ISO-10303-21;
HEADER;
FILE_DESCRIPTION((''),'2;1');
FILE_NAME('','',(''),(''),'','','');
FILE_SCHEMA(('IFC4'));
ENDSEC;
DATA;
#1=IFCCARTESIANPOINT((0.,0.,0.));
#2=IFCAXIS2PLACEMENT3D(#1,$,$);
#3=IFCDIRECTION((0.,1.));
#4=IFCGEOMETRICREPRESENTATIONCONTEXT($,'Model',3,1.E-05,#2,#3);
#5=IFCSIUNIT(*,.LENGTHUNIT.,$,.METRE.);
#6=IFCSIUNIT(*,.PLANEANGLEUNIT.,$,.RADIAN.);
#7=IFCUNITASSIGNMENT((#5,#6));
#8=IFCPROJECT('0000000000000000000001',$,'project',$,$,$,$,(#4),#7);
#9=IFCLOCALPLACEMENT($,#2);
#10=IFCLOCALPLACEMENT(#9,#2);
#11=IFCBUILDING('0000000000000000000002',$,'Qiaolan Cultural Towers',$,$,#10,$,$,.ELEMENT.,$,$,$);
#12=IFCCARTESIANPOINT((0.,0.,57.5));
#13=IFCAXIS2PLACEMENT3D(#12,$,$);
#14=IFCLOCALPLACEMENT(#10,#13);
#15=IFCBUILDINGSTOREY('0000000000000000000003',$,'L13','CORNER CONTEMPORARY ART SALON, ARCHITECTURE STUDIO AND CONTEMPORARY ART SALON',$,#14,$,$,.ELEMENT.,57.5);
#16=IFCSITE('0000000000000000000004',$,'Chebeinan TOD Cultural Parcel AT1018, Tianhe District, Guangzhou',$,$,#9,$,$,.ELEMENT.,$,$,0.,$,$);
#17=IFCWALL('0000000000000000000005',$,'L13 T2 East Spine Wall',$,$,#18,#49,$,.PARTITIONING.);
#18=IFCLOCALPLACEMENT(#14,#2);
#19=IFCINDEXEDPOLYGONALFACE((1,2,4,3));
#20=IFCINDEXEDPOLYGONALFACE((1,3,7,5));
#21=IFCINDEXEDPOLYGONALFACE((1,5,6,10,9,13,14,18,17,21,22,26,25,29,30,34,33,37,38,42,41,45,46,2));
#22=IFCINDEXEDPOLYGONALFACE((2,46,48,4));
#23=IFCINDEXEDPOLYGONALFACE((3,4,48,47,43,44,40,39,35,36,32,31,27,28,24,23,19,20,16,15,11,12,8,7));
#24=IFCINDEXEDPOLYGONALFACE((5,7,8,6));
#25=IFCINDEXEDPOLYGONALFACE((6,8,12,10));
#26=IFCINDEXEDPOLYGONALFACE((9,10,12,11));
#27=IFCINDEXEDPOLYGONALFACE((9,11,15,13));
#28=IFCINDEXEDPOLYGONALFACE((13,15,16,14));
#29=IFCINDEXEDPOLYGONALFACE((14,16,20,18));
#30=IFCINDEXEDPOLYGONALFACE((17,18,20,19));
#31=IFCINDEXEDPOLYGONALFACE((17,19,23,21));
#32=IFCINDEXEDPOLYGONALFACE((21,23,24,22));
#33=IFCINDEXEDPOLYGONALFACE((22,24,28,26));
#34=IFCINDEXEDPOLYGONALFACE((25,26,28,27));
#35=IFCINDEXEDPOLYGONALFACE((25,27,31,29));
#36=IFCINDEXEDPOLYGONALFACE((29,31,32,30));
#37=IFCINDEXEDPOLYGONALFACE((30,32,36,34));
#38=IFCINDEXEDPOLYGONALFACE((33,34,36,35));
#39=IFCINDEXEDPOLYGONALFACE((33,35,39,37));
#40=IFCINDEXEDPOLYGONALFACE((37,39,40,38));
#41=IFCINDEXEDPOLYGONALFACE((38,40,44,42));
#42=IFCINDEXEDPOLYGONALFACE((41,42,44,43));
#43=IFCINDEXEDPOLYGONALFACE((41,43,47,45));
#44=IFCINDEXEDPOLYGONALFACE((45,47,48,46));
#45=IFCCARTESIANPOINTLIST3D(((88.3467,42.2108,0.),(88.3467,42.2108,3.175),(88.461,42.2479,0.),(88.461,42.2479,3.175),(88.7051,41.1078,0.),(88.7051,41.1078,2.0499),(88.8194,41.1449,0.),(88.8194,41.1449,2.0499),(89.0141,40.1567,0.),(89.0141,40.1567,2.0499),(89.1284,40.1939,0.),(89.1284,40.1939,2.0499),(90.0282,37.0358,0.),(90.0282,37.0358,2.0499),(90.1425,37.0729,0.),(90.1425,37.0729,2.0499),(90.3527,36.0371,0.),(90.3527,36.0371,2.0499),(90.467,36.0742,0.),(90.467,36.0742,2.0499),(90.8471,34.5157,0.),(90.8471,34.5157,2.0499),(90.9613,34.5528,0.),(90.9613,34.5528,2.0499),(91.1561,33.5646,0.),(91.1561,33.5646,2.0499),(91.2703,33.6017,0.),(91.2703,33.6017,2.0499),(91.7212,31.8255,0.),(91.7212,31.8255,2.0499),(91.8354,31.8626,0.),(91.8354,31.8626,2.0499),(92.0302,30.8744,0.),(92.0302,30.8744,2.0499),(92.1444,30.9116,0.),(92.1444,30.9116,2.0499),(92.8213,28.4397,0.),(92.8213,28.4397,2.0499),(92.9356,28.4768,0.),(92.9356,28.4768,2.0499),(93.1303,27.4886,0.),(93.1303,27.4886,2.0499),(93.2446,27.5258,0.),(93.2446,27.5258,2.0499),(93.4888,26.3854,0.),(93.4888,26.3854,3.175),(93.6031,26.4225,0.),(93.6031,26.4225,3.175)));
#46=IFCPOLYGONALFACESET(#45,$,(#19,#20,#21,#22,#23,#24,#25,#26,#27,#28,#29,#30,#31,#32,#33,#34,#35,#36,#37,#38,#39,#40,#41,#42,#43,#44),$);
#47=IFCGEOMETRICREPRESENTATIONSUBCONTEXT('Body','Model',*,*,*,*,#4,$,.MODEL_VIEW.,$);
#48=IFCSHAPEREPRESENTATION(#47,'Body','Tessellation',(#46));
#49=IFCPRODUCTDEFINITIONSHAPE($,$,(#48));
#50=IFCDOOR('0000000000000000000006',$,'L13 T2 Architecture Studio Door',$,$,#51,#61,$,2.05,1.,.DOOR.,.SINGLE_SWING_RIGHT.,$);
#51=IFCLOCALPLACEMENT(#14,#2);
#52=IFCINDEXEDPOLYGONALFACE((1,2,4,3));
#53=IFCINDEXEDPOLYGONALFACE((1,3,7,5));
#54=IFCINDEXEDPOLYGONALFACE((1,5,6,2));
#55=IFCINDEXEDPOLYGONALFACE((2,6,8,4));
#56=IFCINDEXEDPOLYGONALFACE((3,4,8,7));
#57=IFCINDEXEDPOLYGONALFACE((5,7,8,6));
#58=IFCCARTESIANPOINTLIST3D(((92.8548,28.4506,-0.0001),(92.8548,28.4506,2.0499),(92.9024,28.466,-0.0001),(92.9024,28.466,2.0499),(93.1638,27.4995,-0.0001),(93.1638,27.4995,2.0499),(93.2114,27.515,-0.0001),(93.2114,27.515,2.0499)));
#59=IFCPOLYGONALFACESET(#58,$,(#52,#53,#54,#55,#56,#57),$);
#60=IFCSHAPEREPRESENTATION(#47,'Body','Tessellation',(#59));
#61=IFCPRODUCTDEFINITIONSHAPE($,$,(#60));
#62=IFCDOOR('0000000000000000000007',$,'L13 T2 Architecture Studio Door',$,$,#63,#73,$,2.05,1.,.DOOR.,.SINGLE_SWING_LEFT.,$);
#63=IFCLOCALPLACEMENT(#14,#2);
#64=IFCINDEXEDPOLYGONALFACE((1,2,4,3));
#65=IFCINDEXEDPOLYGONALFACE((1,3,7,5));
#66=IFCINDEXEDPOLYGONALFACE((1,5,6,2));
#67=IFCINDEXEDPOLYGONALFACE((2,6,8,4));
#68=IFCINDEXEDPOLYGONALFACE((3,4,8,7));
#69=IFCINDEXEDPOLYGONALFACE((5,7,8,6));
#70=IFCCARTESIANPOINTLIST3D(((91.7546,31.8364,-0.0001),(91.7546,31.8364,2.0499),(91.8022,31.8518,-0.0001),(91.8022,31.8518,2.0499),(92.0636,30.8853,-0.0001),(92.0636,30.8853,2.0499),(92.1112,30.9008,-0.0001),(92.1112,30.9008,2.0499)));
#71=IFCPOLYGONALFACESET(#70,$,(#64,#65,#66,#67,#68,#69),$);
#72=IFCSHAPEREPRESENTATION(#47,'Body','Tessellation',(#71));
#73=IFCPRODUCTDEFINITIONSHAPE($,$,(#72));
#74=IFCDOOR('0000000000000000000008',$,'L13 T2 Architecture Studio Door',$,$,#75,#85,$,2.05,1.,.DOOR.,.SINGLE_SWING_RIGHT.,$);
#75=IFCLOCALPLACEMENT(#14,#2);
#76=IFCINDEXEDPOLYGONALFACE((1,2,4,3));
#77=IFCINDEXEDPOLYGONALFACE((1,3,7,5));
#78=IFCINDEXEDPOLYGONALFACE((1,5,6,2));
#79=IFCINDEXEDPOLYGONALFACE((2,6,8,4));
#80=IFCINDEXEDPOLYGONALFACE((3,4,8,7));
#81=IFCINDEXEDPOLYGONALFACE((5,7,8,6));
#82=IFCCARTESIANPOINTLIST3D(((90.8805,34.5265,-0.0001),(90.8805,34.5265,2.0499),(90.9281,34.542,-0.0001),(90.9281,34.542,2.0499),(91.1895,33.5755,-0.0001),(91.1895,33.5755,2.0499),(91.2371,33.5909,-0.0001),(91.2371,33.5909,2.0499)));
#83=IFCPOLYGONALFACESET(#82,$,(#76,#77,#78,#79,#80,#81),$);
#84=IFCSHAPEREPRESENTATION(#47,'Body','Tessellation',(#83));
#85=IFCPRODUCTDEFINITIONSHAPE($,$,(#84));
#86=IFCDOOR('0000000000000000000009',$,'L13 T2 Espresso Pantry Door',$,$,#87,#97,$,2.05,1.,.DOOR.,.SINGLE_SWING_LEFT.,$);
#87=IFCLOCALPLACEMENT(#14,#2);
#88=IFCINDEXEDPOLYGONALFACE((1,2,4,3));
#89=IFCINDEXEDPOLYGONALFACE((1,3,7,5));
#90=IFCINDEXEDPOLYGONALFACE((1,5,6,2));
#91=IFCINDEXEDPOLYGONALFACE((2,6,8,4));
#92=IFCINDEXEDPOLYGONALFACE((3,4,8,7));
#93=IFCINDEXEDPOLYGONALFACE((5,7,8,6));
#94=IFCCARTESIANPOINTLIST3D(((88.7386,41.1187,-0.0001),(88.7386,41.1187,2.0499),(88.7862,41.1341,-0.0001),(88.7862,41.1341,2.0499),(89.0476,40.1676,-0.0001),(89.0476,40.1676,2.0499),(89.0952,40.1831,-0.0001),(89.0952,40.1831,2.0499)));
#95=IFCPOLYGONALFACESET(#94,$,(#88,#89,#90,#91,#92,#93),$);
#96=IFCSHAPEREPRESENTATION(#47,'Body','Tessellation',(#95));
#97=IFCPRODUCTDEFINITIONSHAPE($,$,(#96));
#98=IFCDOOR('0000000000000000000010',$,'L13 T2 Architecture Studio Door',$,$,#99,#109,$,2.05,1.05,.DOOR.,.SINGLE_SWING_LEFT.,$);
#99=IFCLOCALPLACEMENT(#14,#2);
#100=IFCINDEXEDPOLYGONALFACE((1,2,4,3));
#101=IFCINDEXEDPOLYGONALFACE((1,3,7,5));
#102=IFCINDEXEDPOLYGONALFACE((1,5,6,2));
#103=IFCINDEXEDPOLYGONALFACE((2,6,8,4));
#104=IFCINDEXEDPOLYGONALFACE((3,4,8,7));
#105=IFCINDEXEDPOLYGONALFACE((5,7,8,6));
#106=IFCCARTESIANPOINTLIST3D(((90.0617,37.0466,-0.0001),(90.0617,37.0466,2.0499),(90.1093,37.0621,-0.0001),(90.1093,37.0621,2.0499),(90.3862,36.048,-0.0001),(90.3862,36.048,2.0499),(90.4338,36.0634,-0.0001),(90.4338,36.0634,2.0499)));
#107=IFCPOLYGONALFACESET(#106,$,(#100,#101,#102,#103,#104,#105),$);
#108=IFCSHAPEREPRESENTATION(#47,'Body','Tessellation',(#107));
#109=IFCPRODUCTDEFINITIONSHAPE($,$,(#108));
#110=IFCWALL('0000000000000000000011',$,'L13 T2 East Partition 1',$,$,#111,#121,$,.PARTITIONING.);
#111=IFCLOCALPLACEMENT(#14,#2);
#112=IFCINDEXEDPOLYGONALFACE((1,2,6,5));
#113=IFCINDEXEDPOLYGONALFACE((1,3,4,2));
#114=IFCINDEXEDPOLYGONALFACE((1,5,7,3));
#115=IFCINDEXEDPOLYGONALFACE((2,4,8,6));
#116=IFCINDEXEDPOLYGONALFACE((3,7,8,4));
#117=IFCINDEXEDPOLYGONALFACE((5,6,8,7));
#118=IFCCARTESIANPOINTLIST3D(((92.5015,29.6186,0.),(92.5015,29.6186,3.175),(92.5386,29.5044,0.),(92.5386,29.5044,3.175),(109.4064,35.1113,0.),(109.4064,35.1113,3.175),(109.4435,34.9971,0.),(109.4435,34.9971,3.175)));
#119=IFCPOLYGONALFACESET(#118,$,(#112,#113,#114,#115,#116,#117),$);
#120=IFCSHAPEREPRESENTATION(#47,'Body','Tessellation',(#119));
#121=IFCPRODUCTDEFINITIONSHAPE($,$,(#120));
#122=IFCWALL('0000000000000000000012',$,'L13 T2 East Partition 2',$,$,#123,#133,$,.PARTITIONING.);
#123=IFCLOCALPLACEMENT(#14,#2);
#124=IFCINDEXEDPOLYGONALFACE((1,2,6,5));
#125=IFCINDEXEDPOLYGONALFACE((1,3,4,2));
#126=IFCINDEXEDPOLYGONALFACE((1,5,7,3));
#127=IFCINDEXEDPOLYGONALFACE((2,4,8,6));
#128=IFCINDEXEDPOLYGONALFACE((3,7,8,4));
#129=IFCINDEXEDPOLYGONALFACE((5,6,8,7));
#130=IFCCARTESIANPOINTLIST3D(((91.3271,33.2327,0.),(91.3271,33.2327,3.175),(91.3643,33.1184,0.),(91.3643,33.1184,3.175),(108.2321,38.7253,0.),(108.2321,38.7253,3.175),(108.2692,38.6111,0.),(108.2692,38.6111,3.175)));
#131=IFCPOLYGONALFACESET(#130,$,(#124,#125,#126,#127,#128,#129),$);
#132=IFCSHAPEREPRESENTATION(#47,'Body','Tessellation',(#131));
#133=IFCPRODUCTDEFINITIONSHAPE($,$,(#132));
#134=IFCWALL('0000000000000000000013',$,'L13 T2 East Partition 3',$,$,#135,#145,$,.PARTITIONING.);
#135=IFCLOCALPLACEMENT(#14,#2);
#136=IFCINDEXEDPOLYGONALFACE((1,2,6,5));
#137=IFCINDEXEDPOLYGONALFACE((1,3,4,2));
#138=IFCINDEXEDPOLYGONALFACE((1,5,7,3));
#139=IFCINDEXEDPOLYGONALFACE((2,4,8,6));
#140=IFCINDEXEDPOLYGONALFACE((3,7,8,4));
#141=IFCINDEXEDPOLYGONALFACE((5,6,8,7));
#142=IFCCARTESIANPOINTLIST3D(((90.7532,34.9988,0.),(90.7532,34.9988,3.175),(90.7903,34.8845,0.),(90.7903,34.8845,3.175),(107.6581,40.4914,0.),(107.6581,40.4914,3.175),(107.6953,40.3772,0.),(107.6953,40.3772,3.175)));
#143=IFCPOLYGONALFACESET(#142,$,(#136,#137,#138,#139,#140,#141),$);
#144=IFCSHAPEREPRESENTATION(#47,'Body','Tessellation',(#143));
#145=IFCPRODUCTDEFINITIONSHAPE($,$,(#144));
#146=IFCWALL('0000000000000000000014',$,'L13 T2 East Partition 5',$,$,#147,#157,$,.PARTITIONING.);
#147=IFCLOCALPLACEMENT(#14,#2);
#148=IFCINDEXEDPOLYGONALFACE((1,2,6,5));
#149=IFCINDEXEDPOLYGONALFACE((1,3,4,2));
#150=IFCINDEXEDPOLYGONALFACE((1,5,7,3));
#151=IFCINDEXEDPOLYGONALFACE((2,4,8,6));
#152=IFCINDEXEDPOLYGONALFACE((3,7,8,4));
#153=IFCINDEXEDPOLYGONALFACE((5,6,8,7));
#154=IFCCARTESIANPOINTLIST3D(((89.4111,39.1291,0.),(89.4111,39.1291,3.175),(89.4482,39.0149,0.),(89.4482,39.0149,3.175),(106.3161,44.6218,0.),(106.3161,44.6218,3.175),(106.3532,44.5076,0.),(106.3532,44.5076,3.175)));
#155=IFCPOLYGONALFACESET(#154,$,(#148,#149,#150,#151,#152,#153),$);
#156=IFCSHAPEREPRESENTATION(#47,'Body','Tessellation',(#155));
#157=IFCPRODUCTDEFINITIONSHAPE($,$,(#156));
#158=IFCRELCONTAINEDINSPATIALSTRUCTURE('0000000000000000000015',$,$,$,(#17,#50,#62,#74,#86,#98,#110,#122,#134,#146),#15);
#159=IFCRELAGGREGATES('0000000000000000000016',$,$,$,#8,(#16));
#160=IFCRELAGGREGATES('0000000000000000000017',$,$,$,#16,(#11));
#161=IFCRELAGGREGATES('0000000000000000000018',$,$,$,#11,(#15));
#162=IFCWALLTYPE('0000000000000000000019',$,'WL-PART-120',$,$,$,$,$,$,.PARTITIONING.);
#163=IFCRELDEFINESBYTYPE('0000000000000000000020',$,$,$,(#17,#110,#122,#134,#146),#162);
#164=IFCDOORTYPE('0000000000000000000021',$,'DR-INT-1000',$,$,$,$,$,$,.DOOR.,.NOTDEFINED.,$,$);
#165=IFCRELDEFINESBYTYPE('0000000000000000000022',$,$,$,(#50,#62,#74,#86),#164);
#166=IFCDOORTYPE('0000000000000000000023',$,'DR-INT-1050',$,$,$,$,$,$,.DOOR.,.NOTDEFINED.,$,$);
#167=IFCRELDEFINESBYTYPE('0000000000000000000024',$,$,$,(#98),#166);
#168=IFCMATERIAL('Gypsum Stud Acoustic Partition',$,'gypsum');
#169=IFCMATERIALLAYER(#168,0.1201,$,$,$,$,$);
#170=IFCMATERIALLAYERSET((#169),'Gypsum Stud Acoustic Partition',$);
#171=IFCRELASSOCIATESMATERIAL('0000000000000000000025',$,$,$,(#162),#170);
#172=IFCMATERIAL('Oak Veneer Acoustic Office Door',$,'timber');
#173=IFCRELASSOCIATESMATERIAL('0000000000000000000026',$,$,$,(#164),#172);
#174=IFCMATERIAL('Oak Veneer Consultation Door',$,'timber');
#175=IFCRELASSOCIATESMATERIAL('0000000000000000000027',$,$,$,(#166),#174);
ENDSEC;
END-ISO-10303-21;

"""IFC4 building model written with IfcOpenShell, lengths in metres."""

from ifc_helpers import new_model, si_unit, direction, frame, frame_2d, origin, place, context, subcontext, project, spatial, rectangle, extrude, material, layer, layer_set, type_object, element, fill, save


model = new_model("IFC4")

# Units and contexts
model_context = context("Model", 3, precision=1e-05, world=origin(), true_north=direction((0.0, 1.0)))
body_context = subcontext(model_context, "Body", "Model", "MODEL_VIEW")
ifc_project = project(units=[si_unit("LENGTHUNIT", "METRE"), si_unit("PLANEANGLEUNIT", "RADIAN")], contexts=[model_context])

# Site, building, storey
site_placement = place(None, origin())
site = spatial("IfcSite", under=ifc_project, at=site_placement, Name="Chebeinan TOD Cultural Parcel AT1018, Tianhe District, Guangzhou", CompositionType="ELEMENT", RefElevation=0.0)
building_placement = place(site_placement, origin())
building = spatial("IfcBuilding", under=site, at=building_placement, Name="Qiaolan Cultural Towers", CompositionType="ELEMENT")
storey_placement = place(building_placement, frame((0.0, 0.0, 57.5)))
storey = spatial("IfcBuildingStorey", under=building, at=storey_placement, Name="L13", Description="CORNER CONTEMPORARY ART SALON, ARCHITECTURE STUDIO AND CONTEMPORARY ART SALON", CompositionType="ELEMENT", Elevation=57.5)

# Shared definitions
ifc_material_1 = material(Name="Gypsum Stud Acoustic Partition", Category="gypsum")
ifc_layer_1 = layer(ifc_material_1, 0.1201)
ifc_layer_set_1 = layer_set([ifc_layer_1], Name="Gypsum Stud Acoustic Partition")
wall_type_1 = type_object("IfcWallType", Name="WL-PART-120", PredefinedType="PARTITIONING", material=ifc_layer_set_1)

# Wall, openings, doors
wall_1_placement = place(storey_placement, frame((93.5459, 26.4041, 0.0), z_axis=(0.0, 0.0, 1.0), x_axis=(-0.309022, 0.951055, 0.0)))
wall_1 = element("IfcWall", 1, at=wall_1_placement, inside=storey, type_object=wall_type_1, Name="L13 T2 East Spine Wall", PredefinedType="PARTITIONING", context=body_context, shape_type="SweptSolid", body=[
    extrude(rectangle(XDim=16.6399, YDim=0.1201, at=frame_2d((8.3198, 0.0))), origin(), (0.0, 0.0, 1.0), 3.175),
])
opening_1_placement = place(wall_1_placement, frame((1.1599, 0.0, 0.0)))
opening_1 = element("IfcOpeningElement", 2, at=opening_1_placement, cuts=wall_1, PredefinedType="OPENING", context=body_context, shape_type="SweptSolid", body=[
    extrude(rectangle(XDim=1.0, YDim=2.05, at=frame_2d((0.5, 1.0249))), frame((0.0, 0.0701, 0.0), z_axis=(0.0, -1.0, 0.0), x_axis=(1.0, 0.0, 0.0)), (0.0, 0.0, 1.0), 0.1401),
])
opening_2_placement = place(wall_1_placement, frame((4.72, 0.0, 0.0)))
opening_2 = element("IfcOpeningElement", 3, at=opening_2_placement, cuts=wall_1, PredefinedType="OPENING", context=body_context, shape_type="SweptSolid", body=[
    extrude(rectangle(XDim=1.0, YDim=2.05, at=frame_2d((0.5, 1.0249))), frame((0.0, 0.0701, 0.0), z_axis=(0.0, -1.0, 0.0), x_axis=(1.0, 0.0, 0.0)), (0.0, 0.0, 1.0), 0.1401),
])
opening_3_placement = place(wall_1_placement, frame((7.5486, 0.0, 0.0)))
opening_3 = element("IfcOpeningElement", 4, at=opening_3_placement, cuts=wall_1, PredefinedType="OPENING", context=body_context, shape_type="SweptSolid", body=[
    extrude(rectangle(XDim=1.0, YDim=2.05, at=frame_2d((0.5, 1.0249))), frame((0.0, 0.0701, 0.0), z_axis=(0.0, -1.0, 0.0), x_axis=(1.0, 0.0, 0.0)), (0.0, 0.0, 1.0), 0.1401),
])
opening_4_placement = place(wall_1_placement, frame((10.1484, 0.0, 0.0)))
opening_4 = element("IfcOpeningElement", 5, at=opening_4_placement, cuts=wall_1, PredefinedType="OPENING", context=body_context, shape_type="SweptSolid", body=[
    extrude(rectangle(XDim=1.05, YDim=2.05, at=frame_2d((0.5249, 1.0249))), frame((0.0, 0.0701, 0.0), z_axis=(0.0, -1.0, 0.0), x_axis=(1.0, 0.0, 0.0)), (0.0, 0.0, 1.0), 0.1401),
])
opening_5_placement = place(wall_1_placement, frame((14.48, 0.0, 0.0)))
opening_5 = element("IfcOpeningElement", 6, at=opening_5_placement, cuts=wall_1, PredefinedType="OPENING", context=body_context, shape_type="SweptSolid", body=[
    extrude(rectangle(XDim=1.0, YDim=2.05, at=frame_2d((0.5, 1.0249))), frame((0.0, 0.0701, 0.0), z_axis=(0.0, -1.0, 0.0), x_axis=(1.0, 0.0, 0.0)), (0.0, 0.0, 1.0), 0.1401),
])
ifc_material_2 = material(Name="Oak Veneer Acoustic Office Door", Category="timber")
door_type_1 = type_object("IfcDoorType", Name="DR-INT-1000", OperationType="NOTDEFINED", PredefinedType="DOOR", material=ifc_material_2)
door_1_placement = place(opening_1_placement, origin())
door_1 = element("IfcDoor", 7, at=door_1_placement, inside=storey, type_object=door_type_1, Name="L13 T2 Architecture Studio Door", OperationType="SINGLE_SWING_RIGHT", OverallHeight=2.05, OverallWidth=1.0, PredefinedType="DOOR", context=body_context, shape_type="SweptSolid", body=[
    extrude(rectangle(XDim=1.0, YDim=2.05, at=frame_2d((0.5, 1.0249))), frame((0.0, 0.0249, 0.0), z_axis=(0.0, -1.0, 0.0), x_axis=(1.0, 0.0, 0.0)), (0.0, 0.0, 1.0), 0.05),
])
fill(opening_1, door_1)
door_2_placement = place(opening_2_placement, origin())
door_2 = element("IfcDoor", 8, at=door_2_placement, inside=storey, type_object=door_type_1, Name="L13 T2 Architecture Studio Door", OperationType="SINGLE_SWING_LEFT", OverallHeight=2.05, OverallWidth=1.0, PredefinedType="DOOR", context=body_context, shape_type="SweptSolid", body=[
    extrude(rectangle(XDim=1.0, YDim=2.05, at=frame_2d((0.5, 1.0249))), frame((0.0, 0.0249, 0.0), z_axis=(0.0, -1.0, 0.0), x_axis=(1.0, 0.0, 0.0)), (0.0, 0.0, 1.0), 0.05),
])
fill(opening_2, door_2)
door_3_placement = place(opening_3_placement, origin())
door_3 = element("IfcDoor", 9, at=door_3_placement, inside=storey, type_object=door_type_1, Name="L13 T2 Architecture Studio Door", OperationType="SINGLE_SWING_RIGHT", OverallHeight=2.05, OverallWidth=1.0, PredefinedType="DOOR", context=body_context, shape_type="SweptSolid", body=[
    extrude(rectangle(XDim=1.0, YDim=2.05, at=frame_2d((0.5, 1.0249))), frame((0.0, 0.0249, 0.0), z_axis=(0.0, -1.0, 0.0), x_axis=(1.0, 0.0, 0.0)), (0.0, 0.0, 1.0), 0.05),
])
fill(opening_3, door_3)
door_4_placement = place(opening_5_placement, origin())
door_4 = element("IfcDoor", 10, at=door_4_placement, inside=storey, type_object=door_type_1, Name="L13 T2 Espresso Pantry Door", OperationType="SINGLE_SWING_LEFT", OverallHeight=2.05, OverallWidth=1.0, PredefinedType="DOOR", context=body_context, shape_type="SweptSolid", body=[
    extrude(rectangle(XDim=1.0, YDim=2.05, at=frame_2d((0.5, 1.0249))), frame((0.0, 0.0249, 0.0), z_axis=(0.0, -1.0, 0.0), x_axis=(1.0, 0.0, 0.0)), (0.0, 0.0, 1.0), 0.05),
])
fill(opening_5, door_4)
ifc_material_3 = material(Name="Oak Veneer Consultation Door", Category="timber")
door_type_2 = type_object("IfcDoorType", Name="DR-INT-1050", OperationType="NOTDEFINED", PredefinedType="DOOR", material=ifc_material_3)
door_5_placement = place(opening_4_placement, origin())
door_5 = element("IfcDoor", 11, at=door_5_placement, inside=storey, type_object=door_type_2, Name="L13 T2 Architecture Studio Door", OperationType="SINGLE_SWING_LEFT", OverallHeight=2.05, OverallWidth=1.05, PredefinedType="DOOR", context=body_context, shape_type="SweptSolid", body=[
    extrude(rectangle(XDim=1.05, YDim=2.05, at=frame_2d((0.5249, 1.0249))), frame((0.0, 0.0249, 0.0), z_axis=(0.0, -1.0, 0.0), x_axis=(1.0, 0.0, 0.0)), (0.0, 0.0, 1.0), 0.05),
])
fill(opening_4, door_5)

# Walls
for number, where, z_axis, x_axis, name in (
    (12, (92.52, 29.5615, 0.0), (0.0, 0.0, 1.0), (0.951058, 0.309012, 0.0), "L13 T2 East Partition 1"),
    (13, (91.3457, 33.1755, 0.0), (0.0, 0.0, 1.0), (0.951058, 0.309012, 0.0), "L13 T2 East Partition 2"),
    (14, (90.7717, 34.9417, 0.0), (0.0, 0.0, 1.0), (0.951058, 0.309012, 0.0), "L13 T2 East Partition 3"),
    (15, (89.4297, 39.072, 0.0), (0.0, 0.0, 1.0), (0.951058, 0.309012, 0.0), "L13 T2 East Partition 5"),
):
    element("IfcWall", number, at=place(storey_placement, frame(where, z_axis=z_axis, x_axis=x_axis)), inside=storey, type_object=wall_type_1, Name=name, PredefinedType="PARTITIONING", context=body_context, shape_type="SweptSolid", body=[
        extrude(rectangle(XDim=17.7749, YDim=0.1201, at=frame_2d((8.8875, 0.0))), origin(), (0.0, 0.0, 1.0), 3.175),
    ])

save(model, "model.ifc")
